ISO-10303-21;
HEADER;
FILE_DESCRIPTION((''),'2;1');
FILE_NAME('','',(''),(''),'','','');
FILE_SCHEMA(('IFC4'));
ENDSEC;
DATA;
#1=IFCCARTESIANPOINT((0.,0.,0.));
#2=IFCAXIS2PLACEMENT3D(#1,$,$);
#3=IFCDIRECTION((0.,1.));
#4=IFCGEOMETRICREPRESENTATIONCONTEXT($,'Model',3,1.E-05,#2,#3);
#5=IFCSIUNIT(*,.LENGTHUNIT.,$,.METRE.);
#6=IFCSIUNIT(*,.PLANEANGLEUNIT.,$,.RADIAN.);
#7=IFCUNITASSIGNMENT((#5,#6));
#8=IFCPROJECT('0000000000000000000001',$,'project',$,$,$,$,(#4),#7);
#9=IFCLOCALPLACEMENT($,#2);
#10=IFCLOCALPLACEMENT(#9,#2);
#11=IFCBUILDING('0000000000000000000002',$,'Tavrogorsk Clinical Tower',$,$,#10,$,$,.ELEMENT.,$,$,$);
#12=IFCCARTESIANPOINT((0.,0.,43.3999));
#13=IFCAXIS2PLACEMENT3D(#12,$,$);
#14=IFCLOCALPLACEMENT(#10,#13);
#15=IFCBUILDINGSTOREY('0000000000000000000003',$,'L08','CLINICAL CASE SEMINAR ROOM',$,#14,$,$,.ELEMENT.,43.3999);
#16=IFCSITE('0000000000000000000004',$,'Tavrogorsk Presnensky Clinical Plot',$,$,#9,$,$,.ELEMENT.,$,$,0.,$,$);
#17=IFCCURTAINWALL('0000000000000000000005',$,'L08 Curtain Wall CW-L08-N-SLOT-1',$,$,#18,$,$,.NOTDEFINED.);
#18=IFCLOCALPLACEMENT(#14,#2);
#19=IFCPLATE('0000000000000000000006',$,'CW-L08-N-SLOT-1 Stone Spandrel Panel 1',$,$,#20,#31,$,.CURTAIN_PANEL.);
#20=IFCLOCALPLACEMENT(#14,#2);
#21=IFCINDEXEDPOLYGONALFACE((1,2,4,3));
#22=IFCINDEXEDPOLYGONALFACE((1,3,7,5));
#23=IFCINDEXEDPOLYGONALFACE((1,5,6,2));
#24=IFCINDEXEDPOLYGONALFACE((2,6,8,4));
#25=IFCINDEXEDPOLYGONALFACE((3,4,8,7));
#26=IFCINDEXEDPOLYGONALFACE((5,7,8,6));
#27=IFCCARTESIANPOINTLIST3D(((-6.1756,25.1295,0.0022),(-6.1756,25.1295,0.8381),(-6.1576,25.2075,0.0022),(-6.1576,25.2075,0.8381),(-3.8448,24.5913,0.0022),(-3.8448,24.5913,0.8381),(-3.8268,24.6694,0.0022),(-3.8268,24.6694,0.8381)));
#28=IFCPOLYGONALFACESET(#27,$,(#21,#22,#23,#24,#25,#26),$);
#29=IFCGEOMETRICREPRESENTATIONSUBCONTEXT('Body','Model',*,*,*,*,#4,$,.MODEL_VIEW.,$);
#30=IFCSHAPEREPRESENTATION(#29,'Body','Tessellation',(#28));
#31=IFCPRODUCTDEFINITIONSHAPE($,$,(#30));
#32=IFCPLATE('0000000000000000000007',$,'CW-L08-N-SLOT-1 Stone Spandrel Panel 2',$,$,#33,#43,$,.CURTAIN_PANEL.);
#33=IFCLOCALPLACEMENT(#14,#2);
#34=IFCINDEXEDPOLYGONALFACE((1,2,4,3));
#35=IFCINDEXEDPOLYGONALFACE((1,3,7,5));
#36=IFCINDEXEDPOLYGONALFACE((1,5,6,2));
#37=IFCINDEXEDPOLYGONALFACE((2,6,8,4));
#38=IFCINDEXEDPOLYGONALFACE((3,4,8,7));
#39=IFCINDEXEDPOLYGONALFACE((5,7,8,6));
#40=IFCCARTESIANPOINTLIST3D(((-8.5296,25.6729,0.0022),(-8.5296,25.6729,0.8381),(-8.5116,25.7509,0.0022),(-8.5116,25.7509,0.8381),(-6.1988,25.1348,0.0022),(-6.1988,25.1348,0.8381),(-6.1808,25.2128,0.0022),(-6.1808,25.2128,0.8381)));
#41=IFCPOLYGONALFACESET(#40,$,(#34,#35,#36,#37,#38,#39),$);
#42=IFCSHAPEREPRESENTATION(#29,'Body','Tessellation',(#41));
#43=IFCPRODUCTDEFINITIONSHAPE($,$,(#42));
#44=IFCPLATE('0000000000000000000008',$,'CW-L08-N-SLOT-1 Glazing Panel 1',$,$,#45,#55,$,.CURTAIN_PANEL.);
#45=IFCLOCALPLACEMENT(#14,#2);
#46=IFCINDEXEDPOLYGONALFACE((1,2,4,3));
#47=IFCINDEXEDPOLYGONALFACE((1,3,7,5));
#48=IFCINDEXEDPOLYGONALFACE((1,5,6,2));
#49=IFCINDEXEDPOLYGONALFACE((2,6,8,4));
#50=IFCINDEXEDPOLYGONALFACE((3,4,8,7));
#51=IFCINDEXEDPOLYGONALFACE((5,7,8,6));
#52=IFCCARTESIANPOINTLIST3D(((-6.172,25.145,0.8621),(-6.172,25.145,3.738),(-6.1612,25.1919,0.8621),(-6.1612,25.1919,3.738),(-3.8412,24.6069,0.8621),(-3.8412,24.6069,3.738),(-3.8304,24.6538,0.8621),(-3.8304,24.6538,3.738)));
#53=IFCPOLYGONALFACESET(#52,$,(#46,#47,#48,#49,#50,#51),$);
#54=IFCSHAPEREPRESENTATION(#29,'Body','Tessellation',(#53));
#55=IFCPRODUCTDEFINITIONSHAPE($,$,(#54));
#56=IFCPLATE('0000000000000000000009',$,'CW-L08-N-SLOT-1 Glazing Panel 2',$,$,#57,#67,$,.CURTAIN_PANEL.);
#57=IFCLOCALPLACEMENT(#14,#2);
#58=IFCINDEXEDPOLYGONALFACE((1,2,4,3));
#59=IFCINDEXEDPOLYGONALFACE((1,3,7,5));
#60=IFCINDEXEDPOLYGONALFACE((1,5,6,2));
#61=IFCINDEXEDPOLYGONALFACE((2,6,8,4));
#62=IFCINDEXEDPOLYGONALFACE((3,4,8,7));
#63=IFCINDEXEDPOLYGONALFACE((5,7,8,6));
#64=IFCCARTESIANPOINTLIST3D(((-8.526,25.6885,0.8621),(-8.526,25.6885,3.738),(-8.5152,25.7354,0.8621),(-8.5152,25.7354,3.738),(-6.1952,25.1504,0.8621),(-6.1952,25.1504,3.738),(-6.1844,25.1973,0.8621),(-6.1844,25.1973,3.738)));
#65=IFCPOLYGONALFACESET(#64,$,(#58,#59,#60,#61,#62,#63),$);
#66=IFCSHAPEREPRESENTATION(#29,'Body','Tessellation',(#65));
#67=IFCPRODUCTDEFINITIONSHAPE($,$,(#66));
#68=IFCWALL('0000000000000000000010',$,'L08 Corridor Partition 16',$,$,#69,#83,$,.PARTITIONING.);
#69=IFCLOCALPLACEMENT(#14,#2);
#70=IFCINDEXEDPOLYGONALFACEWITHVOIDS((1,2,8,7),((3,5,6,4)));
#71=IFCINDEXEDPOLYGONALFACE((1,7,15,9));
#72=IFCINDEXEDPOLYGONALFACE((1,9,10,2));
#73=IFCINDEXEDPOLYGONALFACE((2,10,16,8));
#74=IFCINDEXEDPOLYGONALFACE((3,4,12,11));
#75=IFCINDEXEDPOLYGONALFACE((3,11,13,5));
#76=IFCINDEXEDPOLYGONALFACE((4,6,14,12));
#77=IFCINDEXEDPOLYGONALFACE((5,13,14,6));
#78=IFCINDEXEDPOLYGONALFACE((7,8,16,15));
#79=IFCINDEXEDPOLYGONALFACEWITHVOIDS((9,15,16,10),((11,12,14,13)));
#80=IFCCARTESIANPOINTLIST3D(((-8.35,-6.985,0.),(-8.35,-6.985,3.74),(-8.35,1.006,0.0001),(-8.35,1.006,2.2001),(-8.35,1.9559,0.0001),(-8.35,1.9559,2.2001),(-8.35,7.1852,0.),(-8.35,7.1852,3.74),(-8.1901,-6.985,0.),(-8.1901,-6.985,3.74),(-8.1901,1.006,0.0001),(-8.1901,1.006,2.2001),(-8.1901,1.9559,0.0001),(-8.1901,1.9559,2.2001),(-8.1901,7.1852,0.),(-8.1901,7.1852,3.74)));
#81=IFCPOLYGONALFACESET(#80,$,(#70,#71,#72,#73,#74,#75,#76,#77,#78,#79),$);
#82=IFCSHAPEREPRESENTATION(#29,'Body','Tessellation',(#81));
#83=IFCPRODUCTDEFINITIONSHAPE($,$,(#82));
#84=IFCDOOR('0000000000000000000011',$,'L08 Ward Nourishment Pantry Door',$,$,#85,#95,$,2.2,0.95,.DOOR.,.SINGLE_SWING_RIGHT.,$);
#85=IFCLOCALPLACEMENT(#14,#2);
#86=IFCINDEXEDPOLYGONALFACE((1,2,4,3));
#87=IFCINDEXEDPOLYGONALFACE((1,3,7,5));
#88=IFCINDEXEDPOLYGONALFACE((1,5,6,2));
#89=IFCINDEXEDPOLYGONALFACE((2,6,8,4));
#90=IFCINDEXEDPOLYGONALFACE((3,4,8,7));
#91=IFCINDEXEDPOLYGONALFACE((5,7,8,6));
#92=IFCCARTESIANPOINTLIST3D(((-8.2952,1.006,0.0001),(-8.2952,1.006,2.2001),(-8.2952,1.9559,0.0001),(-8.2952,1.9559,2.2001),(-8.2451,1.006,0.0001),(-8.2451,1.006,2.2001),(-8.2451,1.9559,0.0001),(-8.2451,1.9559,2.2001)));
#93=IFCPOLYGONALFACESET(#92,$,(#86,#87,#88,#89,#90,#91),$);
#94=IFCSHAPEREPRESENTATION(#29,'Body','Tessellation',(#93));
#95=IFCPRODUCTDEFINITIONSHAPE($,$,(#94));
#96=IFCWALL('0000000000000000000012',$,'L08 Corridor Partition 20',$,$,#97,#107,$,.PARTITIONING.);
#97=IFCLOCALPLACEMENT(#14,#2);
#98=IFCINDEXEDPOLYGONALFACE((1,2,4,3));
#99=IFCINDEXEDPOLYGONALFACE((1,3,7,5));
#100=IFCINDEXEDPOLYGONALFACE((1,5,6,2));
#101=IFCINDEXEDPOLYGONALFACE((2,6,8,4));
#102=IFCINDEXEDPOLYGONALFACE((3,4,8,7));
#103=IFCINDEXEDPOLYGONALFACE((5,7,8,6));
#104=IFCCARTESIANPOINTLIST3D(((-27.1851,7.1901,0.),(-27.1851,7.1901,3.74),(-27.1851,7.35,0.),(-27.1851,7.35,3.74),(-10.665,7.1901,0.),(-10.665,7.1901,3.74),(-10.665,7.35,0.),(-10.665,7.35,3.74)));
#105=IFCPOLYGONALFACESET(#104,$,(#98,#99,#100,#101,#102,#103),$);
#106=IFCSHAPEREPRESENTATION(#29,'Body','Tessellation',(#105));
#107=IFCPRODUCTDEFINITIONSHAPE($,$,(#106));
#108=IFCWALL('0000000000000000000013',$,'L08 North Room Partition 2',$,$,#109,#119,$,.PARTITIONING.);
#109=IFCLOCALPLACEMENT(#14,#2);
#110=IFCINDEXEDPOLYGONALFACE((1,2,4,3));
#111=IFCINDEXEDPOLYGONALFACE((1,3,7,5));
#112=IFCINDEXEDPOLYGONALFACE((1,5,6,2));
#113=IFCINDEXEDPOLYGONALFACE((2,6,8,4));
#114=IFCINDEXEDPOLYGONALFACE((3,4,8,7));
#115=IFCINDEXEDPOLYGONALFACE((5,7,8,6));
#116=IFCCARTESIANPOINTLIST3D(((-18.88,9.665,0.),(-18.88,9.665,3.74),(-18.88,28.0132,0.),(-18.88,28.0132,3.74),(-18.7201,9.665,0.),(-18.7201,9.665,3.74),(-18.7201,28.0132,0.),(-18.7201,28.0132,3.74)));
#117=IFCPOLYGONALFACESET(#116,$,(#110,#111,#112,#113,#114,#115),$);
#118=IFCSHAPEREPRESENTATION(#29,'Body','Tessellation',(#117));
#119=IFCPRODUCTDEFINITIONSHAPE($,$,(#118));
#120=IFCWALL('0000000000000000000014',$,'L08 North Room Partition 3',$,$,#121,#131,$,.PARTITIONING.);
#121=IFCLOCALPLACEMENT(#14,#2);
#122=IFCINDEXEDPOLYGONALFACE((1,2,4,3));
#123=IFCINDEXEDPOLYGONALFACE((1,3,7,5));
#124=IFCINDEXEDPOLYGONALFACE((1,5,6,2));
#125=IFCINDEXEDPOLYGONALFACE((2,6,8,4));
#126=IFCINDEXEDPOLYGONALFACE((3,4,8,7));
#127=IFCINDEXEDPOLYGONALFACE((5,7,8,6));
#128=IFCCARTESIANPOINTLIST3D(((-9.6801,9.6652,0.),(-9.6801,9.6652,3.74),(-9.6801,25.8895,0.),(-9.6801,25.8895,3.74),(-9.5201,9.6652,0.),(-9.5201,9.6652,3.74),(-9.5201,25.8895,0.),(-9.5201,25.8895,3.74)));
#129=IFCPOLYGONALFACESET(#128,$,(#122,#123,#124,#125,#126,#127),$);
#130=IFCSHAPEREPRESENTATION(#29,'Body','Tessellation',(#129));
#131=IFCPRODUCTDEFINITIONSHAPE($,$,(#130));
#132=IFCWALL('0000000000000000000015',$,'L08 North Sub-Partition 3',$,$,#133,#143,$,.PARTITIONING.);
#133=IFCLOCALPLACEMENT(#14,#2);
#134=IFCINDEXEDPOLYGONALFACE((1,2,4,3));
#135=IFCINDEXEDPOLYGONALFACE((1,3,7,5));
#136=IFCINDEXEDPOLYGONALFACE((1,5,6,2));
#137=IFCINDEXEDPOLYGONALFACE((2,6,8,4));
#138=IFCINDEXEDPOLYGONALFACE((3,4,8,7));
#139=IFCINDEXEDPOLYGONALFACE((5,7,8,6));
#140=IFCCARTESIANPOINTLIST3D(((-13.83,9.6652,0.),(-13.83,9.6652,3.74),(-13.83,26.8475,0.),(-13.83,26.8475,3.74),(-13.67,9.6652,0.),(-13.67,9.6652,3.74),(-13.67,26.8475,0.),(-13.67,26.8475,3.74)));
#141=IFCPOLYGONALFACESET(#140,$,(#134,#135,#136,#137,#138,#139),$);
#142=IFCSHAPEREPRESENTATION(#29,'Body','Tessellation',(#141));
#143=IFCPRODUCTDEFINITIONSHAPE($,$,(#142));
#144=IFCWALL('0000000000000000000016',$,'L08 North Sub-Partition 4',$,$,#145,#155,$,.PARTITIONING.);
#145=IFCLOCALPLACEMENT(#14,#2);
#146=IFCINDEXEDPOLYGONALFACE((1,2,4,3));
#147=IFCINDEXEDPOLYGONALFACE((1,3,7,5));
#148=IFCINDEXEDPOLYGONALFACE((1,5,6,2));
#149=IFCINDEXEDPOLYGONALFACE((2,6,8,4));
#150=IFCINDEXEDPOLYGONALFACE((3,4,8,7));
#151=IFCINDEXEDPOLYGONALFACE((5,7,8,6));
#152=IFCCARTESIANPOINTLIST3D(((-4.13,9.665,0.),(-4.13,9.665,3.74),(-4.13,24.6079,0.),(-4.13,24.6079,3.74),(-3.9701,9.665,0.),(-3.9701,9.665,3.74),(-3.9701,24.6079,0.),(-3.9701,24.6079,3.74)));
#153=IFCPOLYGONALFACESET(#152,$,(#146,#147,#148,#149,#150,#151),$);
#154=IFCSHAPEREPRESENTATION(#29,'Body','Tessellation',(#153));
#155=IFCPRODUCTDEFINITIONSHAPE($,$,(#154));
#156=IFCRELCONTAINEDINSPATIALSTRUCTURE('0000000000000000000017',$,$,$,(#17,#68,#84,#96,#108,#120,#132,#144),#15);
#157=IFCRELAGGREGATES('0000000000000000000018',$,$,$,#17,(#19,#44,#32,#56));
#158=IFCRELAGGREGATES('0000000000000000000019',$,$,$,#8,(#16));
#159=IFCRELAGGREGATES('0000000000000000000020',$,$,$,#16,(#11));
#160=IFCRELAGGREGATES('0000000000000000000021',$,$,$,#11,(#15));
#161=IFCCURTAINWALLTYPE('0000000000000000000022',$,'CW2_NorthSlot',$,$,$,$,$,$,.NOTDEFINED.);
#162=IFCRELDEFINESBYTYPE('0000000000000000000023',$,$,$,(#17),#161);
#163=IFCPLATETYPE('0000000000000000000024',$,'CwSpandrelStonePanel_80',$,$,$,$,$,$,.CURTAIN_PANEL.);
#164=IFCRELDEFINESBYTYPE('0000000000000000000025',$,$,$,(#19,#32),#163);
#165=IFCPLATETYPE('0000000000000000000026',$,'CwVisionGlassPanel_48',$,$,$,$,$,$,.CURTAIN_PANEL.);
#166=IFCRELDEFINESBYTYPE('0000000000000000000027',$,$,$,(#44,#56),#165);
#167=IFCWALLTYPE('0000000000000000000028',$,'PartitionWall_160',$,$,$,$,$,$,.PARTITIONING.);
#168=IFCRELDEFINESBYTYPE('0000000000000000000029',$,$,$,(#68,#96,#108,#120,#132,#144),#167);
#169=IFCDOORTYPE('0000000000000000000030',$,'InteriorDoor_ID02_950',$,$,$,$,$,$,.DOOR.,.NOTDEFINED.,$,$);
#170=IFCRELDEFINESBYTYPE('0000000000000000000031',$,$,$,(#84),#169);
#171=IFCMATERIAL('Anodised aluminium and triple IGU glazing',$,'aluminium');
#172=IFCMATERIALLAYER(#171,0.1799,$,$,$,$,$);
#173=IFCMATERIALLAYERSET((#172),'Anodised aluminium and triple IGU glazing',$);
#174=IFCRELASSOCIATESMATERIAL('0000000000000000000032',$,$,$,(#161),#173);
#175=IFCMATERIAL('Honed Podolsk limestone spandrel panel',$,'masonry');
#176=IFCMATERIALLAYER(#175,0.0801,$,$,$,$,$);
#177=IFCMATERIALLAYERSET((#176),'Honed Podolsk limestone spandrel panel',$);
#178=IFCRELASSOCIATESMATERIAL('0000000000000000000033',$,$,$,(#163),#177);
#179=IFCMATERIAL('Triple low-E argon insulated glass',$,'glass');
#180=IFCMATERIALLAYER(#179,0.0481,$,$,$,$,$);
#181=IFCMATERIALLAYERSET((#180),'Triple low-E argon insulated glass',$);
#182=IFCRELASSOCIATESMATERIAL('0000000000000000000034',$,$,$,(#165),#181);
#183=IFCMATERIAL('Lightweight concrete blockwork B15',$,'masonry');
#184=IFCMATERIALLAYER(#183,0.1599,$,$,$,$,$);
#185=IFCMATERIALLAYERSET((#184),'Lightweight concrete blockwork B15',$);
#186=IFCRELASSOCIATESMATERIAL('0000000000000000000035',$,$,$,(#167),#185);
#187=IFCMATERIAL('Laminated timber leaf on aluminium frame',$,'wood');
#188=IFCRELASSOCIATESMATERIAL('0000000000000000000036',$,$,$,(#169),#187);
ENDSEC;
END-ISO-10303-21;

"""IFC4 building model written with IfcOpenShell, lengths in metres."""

from ifc_helpers import new_model, si_unit, direction, frame, frame_2d, origin, origin_2d, place, context, subcontext, project, spatial, rectangle, extrude, material, layer, layer_set, type_object, element, fill, aggregate, save


model = new_model("IFC4")

# Units and contexts
model_context = context("Model", 3, precision=1e-05, world=origin(), true_north=direction((0.0, 1.0)))
body_context = subcontext(model_context, "Body", "Model", "MODEL_VIEW")
ifc_project = project(units=[si_unit("LENGTHUNIT", "METRE"), si_unit("PLANEANGLEUNIT", "RADIAN")], contexts=[model_context])

# Site, building, storey
site_placement = place(None, origin())
site = spatial("IfcSite", under=ifc_project, at=site_placement, Name="Tavrogorsk Presnensky Clinical Plot", CompositionType="ELEMENT", RefElevation=0.0)
building_placement = place(site_placement, origin())
building = spatial("IfcBuilding", under=site, at=building_placement, Name="Tavrogorsk Clinical Tower", CompositionType="ELEMENT")
storey_placement = place(building_placement, frame((0.0, 0.0, 43.3999)))
storey = spatial("IfcBuildingStorey", under=building, at=storey_placement, Name="L08", Description="CLINICAL CASE SEMINAR ROOM", CompositionType="ELEMENT", Elevation=43.3999)

# Curtain wall
ifc_material_1 = material(Name="Anodised aluminium and triple IGU glazing", Category="aluminium")
ifc_layer_1 = layer(ifc_material_1, 0.1799)
ifc_layer_set_1 = layer_set([ifc_layer_1], Name="Anodised aluminium and triple IGU glazing")
curtain_wall_type = type_object("IfcCurtainWallType", Name="CW2_NorthSlot", PredefinedType="NOTDEFINED", material=ifc_layer_set_1)
curtain_wall_placement = place(storey_placement, origin())
curtain_wall = element("IfcCurtainWall", 1, at=curtain_wall_placement, inside=storey, type_object=curtain_wall_type, Name="L08 Curtain Wall CW-L08-N-SLOT-1", PredefinedType="NOTDEFINED")

# Plates
ifc_material_2 = material(Name="Honed Podolsk limestone spandrel panel", Category="masonry")
ifc_layer_2 = layer(ifc_material_2, 0.0801)
ifc_layer_set_2 = layer_set([ifc_layer_2], Name="Honed Podolsk limestone spandrel panel")
plate_type_1 = type_object("IfcPlateType", Name="CwSpandrelStonePanel_80", PredefinedType="CURTAIN_PANEL", material=ifc_layer_set_2)
plate_1_placement = place(storey_placement, frame((-5.0012, 24.8994, 0.0022), z_axis=(0.0, 0.0, 1.0), x_axis=(-0.97437, 0.224951, 0.0)))
plate_1 = element("IfcPlate", 2, at=plate_1_placement, type_object=plate_type_1, Name="CW-L08-N-SLOT-1 Stone Spandrel Panel 1", PredefinedType="CURTAIN_PANEL", context=body_context, shape_type="SweptSolid", body=[
    extrude(rectangle(XDim=2.3921, YDim=0.0801, at=origin_2d()), origin(), (0.0, 0.0, 1.0), 0.8359),
])
plate_2_placement = place(storey_placement, frame((-7.3552, 25.4429, 0.0022), z_axis=(0.0, 0.0, 1.0), x_axis=(-0.97437, 0.224951, 0.0)))
plate_2 = element("IfcPlate", 3, at=plate_2_placement, type_object=plate_type_1, Name="CW-L08-N-SLOT-1 Stone Spandrel Panel 2", PredefinedType="CURTAIN_PANEL", context=body_context, shape_type="SweptSolid", body=[
    extrude(rectangle(XDim=2.3921, YDim=0.0801, at=origin_2d()), origin(), (0.0, 0.0, 1.0), 0.8359),
])
ifc_material_3 = material(Name="Triple low-E argon insulated glass", Category="glass")
ifc_layer_3 = layer(ifc_material_3, 0.0481)
ifc_layer_set_3 = layer_set([ifc_layer_3], Name="Triple low-E argon insulated glass")
plate_type_2 = type_object("IfcPlateType", Name="CwVisionGlassPanel_48", PredefinedType="CURTAIN_PANEL", material=ifc_layer_set_3)
plate_3_placement = place(storey_placement, frame((-5.0012, 24.8994, 0.8621), z_axis=(0.0, 0.0, 1.0), x_axis=(-0.97437, 0.224951, 0.0)))
plate_3 = element("IfcPlate", 4, at=plate_3_placement, type_object=plate_type_2, Name="CW-L08-N-SLOT-1 Glazing Panel 1", PredefinedType="CURTAIN_PANEL", context=body_context, shape_type="SweptSolid", body=[
    extrude(rectangle(XDim=2.3921, YDim=0.0481, at=origin_2d()), origin(), (0.0, 0.0, 1.0), 2.876),
])
plate_4_placement = place(storey_placement, frame((-7.3552, 25.4429, 0.8621), z_axis=(0.0, 0.0, 1.0), x_axis=(-0.97437, 0.224951, 0.0)))
plate_4 = element("IfcPlate", 5, at=plate_4_placement, type_object=plate_type_2, Name="CW-L08-N-SLOT-1 Glazing Panel 2", PredefinedType="CURTAIN_PANEL", context=body_context, shape_type="SweptSolid", body=[
    extrude(rectangle(XDim=2.3921, YDim=0.0481, at=origin_2d()), origin(), (0.0, 0.0, 1.0), 2.876),
])
aggregate(curtain_wall, [plate_1, plate_3, plate_2, plate_4])

# Wall, opening, door
ifc_material_4 = material(Name="Lightweight concrete blockwork B15", Category="masonry")
ifc_layer_4 = layer(ifc_material_4, 0.1599)
ifc_layer_set_4 = layer_set([ifc_layer_4], Name="Lightweight concrete blockwork B15")
wall_type_1 = type_object("IfcWallType", Name="PartitionWall_160", PredefinedType="PARTITIONING", material=ifc_layer_set_4)
wall_1_placement = place(storey_placement, frame((-8.27, 7.1851, 0.0), z_axis=(0.0, 0.0, 1.0), x_axis=(0.0, -1.0, 0.0)))
wall_1 = element("IfcWall", 6, at=wall_1_placement, inside=storey, type_object=wall_type_1, Name="L08 Corridor Partition 16", PredefinedType="PARTITIONING", context=body_context, shape_type="SweptSolid", body=[
    extrude(rectangle(XDim=14.1702, YDim=0.1599, at=frame_2d((7.085, 0.0))), origin(), (0.0, 0.0, 1.0), 3.74),
])
opening_1_placement = place(wall_1_placement, frame((5.229, 0.0, 0.0)))
opening_1 = element("IfcOpeningElement", 7, at=opening_1_placement, cuts=wall_1, PredefinedType="OPENING", context=body_context, shape_type="SweptSolid", body=[
    extrude(rectangle(XDim=0.95, YDim=2.2, at=frame_2d((0.4751, 1.1001))), frame((0.0, 0.0898, 0.0), z_axis=(0.0, -1.0, 0.0), x_axis=(1.0, 0.0, 0.0)), (0.0, 0.0, 1.0), 0.1799),
])
ifc_material_5 = material(Name="Laminated timber leaf on aluminium frame", Category="wood")
door_type = type_object("IfcDoorType", Name="InteriorDoor_ID02_950", OperationType="NOTDEFINED", PredefinedType="DOOR", material=ifc_material_5)
door_placement = place(opening_1_placement, origin())
door = element("IfcDoor", 8, at=door_placement, inside=storey, type_object=door_type, Name="L08 Ward Nourishment Pantry Door", OperationType="SINGLE_SWING_RIGHT", OverallHeight=2.2, OverallWidth=0.95, PredefinedType="DOOR", context=body_context, shape_type="SweptSolid", body=[
    extrude(rectangle(XDim=0.95, YDim=2.2, at=frame_2d((0.4751, 1.1001))), frame((0.0, 0.0249, 0.0), z_axis=(0.0, -1.0, 0.0), x_axis=(1.0, 0.0, 0.0)), (0.0, 0.0, 1.0), 0.05),
])
fill(opening_1, door)

# Walls
wall_2_placement = place(storey_placement, frame((-10.665, 7.27, 0.0), z_axis=(0.0, 0.0, 1.0), x_axis=(-1.0, 0.0, 0.0)))
element("IfcWall", 9, at=wall_2_placement, inside=storey, type_object=wall_type_1, Name="L08 Corridor Partition 20", PredefinedType="PARTITIONING", context=body_context, shape_type="SweptSolid", body=[
    extrude(rectangle(XDim=16.52, YDim=0.1599, at=frame_2d((8.26, 0.0))), origin(), (0.0, 0.0, 1.0), 3.74),
])
wall_3_placement = place(storey_placement, frame((-18.8, 9.665, 0.0), z_axis=(0.0, 0.0, 1.0), x_axis=(0.0, 1.0, 0.0)))
element("IfcWall", 10, at=wall_3_placement, inside=storey, type_object=wall_type_1, Name="L08 North Room Partition 2", PredefinedType="PARTITIONING", context=body_context, shape_type="SweptSolid", body=[
    extrude(rectangle(XDim=18.3481, YDim=0.1599, at=frame_2d((9.1741, 0.0))), origin(), (0.0, 0.0, 1.0), 3.74),
])
wall_4_placement = place(storey_placement, frame((-9.6001, 9.665, 0.0), z_axis=(0.0, 0.0, 1.0), x_axis=(0.0, 1.0, 0.0)))
element("IfcWall", 11, at=wall_4_placement, inside=storey, type_object=wall_type_1, Name="L08 North Room Partition 3", PredefinedType="PARTITIONING", context=body_context, shape_type="SweptSolid", body=[
    extrude(rectangle(XDim=16.2244, YDim=0.1599, at=frame_2d((8.1123, 0.0))), origin(), (0.0, 0.0, 1.0), 3.74),
])
wall_5_placement = place(storey_placement, frame((-13.75, 9.665, 0.0), z_axis=(0.0, 0.0, 1.0), x_axis=(0.0, 1.0, 0.0)))
element("IfcWall", 12, at=wall_5_placement, inside=storey, type_object=wall_type_1, Name="L08 North Sub-Partition 3", PredefinedType="PARTITIONING", context=body_context, shape_type="SweptSolid", body=[
    extrude(rectangle(XDim=17.1824, YDim=0.1599, at=frame_2d((8.5913, 0.0))), origin(), (0.0, 0.0, 1.0), 3.74),
])
wall_6_placement = place(storey_placement, frame((-4.05, 9.665, 0.0), z_axis=(0.0, 0.0, 1.0), x_axis=(0.0, 1.0, 0.0)))
element("IfcWall", 13, at=wall_6_placement, inside=storey, type_object=wall_type_1, Name="L08 North Sub-Partition 4", PredefinedType="PARTITIONING", context=body_context, shape_type="SweptSolid", body=[
    extrude(rectangle(XDim=14.9429, YDim=0.1599, at=frame_2d((7.4714, 0.0))), origin(), (0.0, 0.0, 1.0), 3.74),
])

save(model, "model.ifc")
